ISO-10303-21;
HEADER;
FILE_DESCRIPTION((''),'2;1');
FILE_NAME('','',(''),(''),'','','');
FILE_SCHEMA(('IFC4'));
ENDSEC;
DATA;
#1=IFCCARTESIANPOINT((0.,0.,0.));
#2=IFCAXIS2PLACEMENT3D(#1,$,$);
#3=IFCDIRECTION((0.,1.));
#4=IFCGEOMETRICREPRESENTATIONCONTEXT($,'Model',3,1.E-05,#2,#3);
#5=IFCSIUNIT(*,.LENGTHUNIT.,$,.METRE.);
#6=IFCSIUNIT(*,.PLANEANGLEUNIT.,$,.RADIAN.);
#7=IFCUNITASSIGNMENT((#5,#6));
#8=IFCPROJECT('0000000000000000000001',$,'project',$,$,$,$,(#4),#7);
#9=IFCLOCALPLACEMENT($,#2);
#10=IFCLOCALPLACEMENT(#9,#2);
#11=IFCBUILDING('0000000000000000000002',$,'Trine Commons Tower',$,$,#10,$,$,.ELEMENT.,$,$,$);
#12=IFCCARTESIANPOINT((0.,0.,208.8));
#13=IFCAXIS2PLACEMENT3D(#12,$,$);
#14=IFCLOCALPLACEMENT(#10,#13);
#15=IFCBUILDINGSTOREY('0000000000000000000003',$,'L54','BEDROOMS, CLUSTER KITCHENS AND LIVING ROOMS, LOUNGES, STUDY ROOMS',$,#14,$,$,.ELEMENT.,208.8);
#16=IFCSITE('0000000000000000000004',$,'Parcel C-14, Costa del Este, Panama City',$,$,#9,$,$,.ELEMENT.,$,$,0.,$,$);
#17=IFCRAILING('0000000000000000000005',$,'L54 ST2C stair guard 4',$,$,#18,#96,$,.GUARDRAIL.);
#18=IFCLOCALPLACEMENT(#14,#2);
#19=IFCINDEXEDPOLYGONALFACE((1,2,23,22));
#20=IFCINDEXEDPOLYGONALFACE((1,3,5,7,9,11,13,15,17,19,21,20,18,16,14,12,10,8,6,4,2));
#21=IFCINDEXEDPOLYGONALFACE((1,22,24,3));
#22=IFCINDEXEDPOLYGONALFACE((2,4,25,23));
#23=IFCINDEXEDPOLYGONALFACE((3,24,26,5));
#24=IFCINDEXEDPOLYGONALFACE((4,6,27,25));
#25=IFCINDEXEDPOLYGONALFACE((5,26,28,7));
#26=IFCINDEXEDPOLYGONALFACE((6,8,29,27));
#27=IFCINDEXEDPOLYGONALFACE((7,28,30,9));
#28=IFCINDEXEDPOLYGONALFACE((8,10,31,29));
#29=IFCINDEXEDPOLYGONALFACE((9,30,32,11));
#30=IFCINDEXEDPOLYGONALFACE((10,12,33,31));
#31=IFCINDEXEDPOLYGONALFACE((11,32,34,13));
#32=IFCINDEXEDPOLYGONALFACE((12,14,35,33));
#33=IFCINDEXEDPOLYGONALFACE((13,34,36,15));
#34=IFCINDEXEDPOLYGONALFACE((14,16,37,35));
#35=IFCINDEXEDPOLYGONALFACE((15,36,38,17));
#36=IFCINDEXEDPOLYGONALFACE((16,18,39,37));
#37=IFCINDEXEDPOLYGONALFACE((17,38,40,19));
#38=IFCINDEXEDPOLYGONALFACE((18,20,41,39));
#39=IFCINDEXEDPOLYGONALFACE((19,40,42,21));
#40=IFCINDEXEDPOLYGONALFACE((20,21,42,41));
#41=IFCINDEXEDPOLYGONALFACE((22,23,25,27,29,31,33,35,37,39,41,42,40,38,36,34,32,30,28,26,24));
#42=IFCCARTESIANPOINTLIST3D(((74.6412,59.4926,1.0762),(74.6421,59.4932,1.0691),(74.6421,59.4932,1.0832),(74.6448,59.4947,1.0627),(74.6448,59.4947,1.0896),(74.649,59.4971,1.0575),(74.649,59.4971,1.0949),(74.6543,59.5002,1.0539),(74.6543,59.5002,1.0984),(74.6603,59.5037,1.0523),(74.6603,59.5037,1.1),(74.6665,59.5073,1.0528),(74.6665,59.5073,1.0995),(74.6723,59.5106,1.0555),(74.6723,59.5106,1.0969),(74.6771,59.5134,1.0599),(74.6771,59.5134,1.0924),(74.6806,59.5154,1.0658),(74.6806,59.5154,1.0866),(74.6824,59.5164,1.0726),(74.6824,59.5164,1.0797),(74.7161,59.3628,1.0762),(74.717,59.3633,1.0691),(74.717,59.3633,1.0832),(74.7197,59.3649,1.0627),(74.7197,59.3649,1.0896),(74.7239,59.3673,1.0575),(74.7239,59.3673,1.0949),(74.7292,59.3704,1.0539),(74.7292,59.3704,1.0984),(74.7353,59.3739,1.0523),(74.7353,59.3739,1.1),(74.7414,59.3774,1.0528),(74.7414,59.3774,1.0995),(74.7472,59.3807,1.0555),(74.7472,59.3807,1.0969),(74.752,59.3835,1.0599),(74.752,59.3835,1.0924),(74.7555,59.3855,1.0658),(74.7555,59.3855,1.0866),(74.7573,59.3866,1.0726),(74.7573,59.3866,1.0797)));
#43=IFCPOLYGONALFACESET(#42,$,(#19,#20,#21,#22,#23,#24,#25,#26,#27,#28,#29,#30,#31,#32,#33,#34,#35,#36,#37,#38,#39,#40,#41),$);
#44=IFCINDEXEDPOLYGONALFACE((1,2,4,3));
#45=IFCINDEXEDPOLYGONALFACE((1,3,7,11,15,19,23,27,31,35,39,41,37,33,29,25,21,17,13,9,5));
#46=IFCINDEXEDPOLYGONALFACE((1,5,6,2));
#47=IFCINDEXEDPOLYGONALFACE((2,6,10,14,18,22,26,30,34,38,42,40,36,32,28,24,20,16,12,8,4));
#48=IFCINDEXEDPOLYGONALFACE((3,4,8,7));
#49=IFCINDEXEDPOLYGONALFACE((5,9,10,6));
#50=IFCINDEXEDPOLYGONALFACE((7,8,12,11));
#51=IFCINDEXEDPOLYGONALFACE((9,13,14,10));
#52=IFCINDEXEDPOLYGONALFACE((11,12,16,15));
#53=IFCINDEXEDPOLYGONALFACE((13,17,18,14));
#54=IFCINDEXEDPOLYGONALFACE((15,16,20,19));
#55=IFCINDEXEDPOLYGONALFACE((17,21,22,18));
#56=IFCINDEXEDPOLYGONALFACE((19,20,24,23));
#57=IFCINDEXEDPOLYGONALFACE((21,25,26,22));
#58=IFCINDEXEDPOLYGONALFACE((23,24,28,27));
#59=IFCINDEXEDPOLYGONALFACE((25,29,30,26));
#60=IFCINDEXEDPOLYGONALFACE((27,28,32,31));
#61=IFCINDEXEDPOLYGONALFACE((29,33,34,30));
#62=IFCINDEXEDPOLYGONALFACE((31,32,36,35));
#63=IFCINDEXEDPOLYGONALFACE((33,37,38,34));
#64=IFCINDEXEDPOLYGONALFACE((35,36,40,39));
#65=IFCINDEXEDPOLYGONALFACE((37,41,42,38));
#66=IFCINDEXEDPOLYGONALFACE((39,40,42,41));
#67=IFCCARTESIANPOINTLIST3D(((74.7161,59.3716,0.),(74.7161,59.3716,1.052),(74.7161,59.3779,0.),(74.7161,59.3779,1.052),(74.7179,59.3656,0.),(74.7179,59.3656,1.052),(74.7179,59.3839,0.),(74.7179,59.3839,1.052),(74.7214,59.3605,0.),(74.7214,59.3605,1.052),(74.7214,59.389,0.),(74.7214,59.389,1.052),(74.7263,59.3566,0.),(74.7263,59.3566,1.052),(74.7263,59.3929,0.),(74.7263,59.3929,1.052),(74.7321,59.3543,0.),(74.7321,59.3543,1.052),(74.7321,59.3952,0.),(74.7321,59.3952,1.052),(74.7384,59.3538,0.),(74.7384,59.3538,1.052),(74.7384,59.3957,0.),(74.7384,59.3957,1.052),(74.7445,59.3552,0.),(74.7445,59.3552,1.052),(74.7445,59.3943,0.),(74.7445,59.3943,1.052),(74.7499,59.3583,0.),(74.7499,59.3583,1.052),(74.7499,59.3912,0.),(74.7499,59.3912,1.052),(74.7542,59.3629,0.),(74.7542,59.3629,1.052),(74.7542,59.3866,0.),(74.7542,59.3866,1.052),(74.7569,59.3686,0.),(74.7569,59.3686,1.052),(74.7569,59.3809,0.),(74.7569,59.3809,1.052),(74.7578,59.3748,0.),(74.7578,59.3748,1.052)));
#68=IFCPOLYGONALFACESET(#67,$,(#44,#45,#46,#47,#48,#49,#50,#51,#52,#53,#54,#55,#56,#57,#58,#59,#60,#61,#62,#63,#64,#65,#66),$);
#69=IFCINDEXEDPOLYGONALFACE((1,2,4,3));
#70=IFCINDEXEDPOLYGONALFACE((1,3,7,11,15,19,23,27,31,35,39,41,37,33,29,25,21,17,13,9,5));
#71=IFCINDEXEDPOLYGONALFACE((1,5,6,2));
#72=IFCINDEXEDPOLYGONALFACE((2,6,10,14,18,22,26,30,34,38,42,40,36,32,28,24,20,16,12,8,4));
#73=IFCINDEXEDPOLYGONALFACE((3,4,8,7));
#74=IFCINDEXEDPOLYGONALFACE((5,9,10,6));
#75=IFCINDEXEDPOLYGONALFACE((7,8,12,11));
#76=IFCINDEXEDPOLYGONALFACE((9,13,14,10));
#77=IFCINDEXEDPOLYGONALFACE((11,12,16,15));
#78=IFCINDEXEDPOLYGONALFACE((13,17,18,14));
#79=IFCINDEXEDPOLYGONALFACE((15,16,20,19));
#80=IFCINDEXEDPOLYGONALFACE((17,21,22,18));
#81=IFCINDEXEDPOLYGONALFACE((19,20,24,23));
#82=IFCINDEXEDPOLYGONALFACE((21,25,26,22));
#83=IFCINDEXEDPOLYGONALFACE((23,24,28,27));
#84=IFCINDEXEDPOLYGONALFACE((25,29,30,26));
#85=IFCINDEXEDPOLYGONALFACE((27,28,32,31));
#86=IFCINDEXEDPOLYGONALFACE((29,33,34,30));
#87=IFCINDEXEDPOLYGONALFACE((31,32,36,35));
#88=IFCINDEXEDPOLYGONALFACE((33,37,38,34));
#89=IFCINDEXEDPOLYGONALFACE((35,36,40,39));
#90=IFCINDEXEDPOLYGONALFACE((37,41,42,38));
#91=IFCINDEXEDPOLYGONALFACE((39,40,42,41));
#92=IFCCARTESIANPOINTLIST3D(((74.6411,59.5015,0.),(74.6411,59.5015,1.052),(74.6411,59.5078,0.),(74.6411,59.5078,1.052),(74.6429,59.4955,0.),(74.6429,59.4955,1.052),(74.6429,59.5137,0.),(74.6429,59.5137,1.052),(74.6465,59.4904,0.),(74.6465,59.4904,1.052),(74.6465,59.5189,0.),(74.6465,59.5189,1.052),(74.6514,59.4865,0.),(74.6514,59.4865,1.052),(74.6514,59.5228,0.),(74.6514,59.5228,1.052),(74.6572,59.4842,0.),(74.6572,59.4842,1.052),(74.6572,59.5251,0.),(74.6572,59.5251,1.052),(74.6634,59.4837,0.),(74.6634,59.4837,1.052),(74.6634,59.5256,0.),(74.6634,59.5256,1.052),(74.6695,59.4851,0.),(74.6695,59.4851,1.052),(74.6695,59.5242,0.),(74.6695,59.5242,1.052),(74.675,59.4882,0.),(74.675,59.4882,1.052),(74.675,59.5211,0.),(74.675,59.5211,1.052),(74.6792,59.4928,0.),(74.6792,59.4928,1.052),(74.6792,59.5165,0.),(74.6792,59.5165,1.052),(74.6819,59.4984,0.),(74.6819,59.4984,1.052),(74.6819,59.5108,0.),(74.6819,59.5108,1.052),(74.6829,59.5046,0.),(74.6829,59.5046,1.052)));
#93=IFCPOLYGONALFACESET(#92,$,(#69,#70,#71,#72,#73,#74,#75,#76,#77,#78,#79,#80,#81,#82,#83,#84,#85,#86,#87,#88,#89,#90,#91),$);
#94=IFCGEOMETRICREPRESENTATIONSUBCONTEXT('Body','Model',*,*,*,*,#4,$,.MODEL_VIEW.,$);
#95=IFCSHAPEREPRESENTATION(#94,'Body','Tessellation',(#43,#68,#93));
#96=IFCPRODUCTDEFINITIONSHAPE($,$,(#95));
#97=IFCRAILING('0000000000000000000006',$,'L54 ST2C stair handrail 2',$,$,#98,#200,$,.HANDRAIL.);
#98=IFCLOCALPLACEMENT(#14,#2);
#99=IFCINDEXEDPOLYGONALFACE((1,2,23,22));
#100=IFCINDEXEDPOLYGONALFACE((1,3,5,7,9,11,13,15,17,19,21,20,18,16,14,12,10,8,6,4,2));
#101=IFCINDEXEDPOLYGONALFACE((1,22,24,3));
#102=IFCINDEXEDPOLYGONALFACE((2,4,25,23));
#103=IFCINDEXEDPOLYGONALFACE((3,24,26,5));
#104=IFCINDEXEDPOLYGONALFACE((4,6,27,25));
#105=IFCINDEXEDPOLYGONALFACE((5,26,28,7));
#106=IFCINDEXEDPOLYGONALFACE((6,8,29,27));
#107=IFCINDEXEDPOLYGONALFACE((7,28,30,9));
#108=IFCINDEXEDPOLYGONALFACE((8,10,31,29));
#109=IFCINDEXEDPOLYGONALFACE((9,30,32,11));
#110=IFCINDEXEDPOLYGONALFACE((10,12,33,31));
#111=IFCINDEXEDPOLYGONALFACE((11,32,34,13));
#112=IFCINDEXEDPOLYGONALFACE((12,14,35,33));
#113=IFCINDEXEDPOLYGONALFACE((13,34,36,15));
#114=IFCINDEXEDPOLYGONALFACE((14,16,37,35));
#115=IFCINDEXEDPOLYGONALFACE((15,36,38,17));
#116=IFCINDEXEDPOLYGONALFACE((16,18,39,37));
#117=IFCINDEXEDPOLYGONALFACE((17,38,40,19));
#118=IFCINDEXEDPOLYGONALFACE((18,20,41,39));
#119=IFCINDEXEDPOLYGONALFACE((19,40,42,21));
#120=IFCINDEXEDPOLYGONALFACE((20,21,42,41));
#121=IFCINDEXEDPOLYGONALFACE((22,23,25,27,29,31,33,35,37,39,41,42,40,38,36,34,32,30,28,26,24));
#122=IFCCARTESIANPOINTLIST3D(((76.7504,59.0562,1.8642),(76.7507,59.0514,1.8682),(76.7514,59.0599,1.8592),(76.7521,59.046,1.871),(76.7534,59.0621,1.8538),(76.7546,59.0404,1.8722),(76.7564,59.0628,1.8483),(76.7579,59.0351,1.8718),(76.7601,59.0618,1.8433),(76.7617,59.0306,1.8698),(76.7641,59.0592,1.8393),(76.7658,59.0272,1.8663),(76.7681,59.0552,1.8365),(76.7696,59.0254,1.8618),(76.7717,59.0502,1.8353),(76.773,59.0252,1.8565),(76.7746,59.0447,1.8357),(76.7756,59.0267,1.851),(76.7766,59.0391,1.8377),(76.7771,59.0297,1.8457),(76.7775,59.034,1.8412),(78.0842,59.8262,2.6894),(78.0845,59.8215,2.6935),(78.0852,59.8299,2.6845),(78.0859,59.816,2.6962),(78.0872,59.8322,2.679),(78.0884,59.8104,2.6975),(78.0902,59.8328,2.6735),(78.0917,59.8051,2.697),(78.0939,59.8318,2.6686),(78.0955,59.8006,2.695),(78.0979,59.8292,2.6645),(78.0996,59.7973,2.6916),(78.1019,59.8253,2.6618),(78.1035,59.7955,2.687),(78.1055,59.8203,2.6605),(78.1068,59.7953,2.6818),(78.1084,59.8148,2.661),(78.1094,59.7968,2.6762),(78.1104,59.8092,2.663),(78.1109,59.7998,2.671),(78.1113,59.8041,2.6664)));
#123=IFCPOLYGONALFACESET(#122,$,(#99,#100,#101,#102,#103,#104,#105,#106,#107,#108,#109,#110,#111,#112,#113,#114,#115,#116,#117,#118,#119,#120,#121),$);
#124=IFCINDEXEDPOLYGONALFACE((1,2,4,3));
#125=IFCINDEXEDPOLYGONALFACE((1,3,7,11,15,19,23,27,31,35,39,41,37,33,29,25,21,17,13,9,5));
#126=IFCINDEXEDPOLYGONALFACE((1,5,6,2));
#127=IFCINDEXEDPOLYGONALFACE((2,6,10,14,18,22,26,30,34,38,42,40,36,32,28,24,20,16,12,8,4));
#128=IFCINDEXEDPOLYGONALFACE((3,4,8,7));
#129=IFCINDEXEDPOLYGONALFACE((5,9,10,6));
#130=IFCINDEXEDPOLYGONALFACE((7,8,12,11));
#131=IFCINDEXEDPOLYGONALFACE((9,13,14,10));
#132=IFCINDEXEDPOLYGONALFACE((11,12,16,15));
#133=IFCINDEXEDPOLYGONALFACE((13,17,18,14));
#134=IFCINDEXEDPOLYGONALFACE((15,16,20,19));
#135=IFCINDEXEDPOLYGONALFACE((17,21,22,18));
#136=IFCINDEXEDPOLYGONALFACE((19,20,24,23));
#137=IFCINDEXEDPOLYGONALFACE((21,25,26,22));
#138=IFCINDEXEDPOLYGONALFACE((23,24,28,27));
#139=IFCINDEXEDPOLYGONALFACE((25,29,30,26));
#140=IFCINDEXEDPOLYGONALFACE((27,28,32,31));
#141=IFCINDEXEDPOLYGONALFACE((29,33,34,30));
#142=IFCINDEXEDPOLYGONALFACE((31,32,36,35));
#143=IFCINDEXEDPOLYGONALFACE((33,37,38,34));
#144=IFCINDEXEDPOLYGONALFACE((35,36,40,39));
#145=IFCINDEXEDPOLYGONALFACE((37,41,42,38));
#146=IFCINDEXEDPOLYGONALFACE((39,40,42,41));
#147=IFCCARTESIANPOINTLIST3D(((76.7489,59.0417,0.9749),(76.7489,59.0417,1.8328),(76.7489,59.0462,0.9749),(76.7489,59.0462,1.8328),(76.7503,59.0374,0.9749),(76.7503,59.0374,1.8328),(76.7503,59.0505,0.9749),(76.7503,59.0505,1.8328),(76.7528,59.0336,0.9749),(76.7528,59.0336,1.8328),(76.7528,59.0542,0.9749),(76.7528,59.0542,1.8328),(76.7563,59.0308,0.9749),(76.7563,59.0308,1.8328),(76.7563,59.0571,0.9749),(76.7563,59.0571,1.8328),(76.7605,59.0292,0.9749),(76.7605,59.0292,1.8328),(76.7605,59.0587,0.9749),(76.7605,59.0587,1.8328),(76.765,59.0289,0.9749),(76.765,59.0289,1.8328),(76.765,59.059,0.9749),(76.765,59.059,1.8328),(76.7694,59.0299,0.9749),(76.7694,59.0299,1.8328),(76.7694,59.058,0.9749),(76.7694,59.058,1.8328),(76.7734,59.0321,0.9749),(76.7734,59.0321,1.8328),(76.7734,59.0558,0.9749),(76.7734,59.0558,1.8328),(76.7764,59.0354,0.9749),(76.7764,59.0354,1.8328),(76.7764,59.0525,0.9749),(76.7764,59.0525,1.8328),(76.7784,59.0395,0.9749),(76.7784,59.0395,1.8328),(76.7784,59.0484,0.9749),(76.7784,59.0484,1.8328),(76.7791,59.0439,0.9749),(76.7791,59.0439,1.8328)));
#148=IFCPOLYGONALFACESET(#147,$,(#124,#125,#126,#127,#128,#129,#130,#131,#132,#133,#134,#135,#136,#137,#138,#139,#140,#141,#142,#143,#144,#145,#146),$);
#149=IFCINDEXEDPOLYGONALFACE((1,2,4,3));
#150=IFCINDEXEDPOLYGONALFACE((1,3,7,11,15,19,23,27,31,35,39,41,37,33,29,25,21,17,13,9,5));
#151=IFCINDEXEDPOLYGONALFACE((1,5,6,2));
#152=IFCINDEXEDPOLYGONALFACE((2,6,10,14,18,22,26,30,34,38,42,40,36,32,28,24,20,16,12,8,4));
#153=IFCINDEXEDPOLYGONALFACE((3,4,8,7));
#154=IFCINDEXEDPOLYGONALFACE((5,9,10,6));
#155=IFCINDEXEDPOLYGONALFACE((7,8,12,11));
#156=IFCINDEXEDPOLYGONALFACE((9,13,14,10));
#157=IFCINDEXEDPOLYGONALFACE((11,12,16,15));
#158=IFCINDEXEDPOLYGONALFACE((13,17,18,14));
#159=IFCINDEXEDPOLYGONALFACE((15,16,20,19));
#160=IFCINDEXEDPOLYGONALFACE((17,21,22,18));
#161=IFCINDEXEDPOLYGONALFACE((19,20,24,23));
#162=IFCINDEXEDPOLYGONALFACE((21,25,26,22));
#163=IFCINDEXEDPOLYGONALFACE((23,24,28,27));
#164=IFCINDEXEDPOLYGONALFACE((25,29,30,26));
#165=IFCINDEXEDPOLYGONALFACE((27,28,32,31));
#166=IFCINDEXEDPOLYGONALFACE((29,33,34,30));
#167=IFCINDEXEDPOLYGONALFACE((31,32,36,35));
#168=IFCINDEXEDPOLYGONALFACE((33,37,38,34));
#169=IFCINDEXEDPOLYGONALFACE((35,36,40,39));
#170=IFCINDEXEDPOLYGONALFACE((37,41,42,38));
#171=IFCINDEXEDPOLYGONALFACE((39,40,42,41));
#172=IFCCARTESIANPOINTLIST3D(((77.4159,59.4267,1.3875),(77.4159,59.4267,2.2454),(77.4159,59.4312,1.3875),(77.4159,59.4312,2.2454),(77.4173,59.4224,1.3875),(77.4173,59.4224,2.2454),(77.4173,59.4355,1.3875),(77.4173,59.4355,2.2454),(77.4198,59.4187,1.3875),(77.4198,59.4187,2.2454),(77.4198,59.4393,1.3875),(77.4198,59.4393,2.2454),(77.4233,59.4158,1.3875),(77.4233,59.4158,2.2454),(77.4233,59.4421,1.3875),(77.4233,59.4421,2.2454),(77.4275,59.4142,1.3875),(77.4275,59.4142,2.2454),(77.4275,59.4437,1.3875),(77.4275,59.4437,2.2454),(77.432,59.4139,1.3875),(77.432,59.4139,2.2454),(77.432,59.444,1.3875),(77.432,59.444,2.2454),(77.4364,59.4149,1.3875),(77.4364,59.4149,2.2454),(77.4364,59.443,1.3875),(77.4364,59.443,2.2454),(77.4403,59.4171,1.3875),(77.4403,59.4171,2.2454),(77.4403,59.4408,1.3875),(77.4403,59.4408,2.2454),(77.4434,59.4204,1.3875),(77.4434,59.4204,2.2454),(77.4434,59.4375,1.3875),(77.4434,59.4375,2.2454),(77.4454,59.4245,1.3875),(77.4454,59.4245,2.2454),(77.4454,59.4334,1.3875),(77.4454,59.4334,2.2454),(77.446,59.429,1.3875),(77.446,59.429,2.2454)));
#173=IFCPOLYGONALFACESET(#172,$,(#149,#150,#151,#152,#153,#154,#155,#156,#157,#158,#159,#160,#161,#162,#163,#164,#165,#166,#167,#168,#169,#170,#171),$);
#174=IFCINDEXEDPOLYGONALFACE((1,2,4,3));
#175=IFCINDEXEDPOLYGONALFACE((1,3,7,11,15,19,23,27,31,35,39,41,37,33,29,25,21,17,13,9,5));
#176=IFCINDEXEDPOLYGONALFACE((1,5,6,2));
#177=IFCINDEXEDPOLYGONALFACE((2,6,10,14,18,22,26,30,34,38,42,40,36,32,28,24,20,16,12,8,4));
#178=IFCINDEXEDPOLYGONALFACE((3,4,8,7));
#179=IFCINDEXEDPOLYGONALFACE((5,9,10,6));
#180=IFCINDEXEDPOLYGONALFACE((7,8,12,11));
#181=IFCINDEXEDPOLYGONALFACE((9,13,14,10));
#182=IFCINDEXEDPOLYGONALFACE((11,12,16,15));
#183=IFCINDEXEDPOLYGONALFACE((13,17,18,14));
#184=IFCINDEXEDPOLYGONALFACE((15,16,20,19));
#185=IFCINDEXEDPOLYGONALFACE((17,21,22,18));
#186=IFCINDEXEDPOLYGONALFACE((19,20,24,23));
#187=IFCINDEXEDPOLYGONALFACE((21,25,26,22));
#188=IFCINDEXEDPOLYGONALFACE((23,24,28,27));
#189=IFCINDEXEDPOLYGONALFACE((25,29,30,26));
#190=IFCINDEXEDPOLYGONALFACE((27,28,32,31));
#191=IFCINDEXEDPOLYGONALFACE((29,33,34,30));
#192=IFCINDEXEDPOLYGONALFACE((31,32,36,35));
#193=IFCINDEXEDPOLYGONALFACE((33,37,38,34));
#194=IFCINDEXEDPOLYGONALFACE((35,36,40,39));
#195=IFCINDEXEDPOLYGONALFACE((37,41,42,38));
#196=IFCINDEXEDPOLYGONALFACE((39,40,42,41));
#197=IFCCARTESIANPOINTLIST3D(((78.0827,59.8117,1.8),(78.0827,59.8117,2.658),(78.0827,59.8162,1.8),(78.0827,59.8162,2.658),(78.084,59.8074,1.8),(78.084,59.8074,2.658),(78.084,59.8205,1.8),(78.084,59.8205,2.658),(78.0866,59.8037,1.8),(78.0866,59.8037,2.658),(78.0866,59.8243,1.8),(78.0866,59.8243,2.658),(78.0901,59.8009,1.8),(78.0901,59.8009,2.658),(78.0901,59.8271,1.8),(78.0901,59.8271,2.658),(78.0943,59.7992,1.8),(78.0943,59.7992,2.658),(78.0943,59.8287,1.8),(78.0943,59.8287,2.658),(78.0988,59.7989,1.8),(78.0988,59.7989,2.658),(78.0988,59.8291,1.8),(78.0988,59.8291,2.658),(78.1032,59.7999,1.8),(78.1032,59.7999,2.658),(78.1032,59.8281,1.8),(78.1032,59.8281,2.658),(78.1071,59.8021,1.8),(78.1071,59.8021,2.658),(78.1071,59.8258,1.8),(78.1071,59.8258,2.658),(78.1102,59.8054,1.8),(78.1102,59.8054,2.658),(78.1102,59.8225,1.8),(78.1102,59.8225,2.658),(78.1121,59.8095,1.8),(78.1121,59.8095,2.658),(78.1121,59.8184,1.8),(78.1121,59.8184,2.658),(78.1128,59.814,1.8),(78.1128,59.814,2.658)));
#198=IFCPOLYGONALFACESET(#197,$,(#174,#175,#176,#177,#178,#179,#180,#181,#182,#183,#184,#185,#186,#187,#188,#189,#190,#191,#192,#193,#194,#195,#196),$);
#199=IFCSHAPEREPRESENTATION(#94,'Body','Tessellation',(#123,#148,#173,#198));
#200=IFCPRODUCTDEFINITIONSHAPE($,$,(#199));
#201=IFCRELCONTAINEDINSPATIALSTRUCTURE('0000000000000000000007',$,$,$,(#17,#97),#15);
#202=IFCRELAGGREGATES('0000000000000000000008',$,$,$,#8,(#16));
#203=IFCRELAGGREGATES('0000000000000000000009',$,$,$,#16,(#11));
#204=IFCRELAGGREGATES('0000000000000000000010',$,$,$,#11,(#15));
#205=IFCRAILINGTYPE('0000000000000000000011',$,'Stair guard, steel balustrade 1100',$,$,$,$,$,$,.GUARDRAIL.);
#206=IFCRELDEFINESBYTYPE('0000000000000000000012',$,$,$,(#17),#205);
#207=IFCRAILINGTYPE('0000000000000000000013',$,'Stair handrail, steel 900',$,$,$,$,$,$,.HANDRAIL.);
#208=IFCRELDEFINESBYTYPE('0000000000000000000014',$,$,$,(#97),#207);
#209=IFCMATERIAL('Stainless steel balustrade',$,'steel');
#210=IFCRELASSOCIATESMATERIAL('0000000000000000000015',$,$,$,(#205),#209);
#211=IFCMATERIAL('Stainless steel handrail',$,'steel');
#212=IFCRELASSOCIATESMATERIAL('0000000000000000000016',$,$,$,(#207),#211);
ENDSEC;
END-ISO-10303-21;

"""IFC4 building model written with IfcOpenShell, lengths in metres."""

from ifc_helpers import new_model, si_unit, direction, frame, origin, origin_2d, place, context, subcontext, project, spatial, circle, extrude, material, type_object, element, save


model = new_model("IFC4")

# Units and contexts
model_context = context("Model", 3, precision=1e-05, world=origin(), true_north=direction((0.0, 1.0)))
body_context = subcontext(model_context, "Body", "Model", "MODEL_VIEW")
ifc_project = project(units=[si_unit("LENGTHUNIT", "METRE"), si_unit("PLANEANGLEUNIT", "RADIAN")], contexts=[model_context])

# Site, building, storey
site_placement = place(None, origin())
site = spatial("IfcSite", under=ifc_project, at=site_placement, Name="Parcel C-14, Costa del Este, Panama City", CompositionType="ELEMENT", RefElevation=0.0)
building_placement = place(site_placement, origin())
building = spatial("IfcBuilding", under=site, at=building_placement, Name="Trine Commons Tower", CompositionType="ELEMENT")
storey_placement = place(building_placement, frame((0.0, 0.0, 208.8)))
storey = spatial("IfcBuildingStorey", under=building, at=storey_placement, Name="L54", Description="BEDROOMS, CLUSTER KITCHENS AND LIVING ROOMS, LOUNGES, STUDY ROOMS", CompositionType="ELEMENT", Elevation=208.8)

# Railings
ifc_material_1 = material(Name="Stainless steel balustrade", Category="steel")
railing_type_1 = type_object("IfcRailingType", Name="Stair guard, steel balustrade 1100", PredefinedType="GUARDRAIL", material=ifc_material_1)
railing_1_placement = place(storey_placement, frame((74.7368, 59.3748, 0.0)))
element("IfcRailing", 1, at=railing_1_placement, inside=storey, type_object=railing_type_1, Name="L54 ST2C stair guard 4", PredefinedType="GUARDRAIL", context=body_context, shape_type="SweptSolid", body=[
    extrude(circle(Radius=0.0239, at=origin_2d()), frame((0.0, 0.0, 1.0762), z_axis=(-0.499816, 0.866131, 0.0), x_axis=(-0.866131, -0.499816, 0.0)), (0.0, 0.0, 1.0), 0.1499),
    extrude(circle(Radius=0.021, at=origin_2d()), origin(), (0.0, 0.0, 1.0), 1.052),
    extrude(circle(Radius=0.021, at=origin_2d()), frame((-0.075, 0.1299, 0.0)), (0.0, 0.0, 1.0), 1.052),
])
ifc_material_2 = material(Name="Stainless steel handrail", Category="steel")
railing_type_2 = type_object("IfcRailingType", Name="Stair handrail, steel 900", PredefinedType="HANDRAIL", material=ifc_material_2)
railing_2_placement = place(storey_placement, frame((76.7639, 59.0439, 0.9749)))
element("IfcRailing", 2, at=railing_2_placement, inside=storey, type_object=railing_type_2, Name="L54 ST2C stair handrail 2", PredefinedType="HANDRAIL", context=body_context, shape_type="SweptSolid", body=[
    extrude(circle(Radius=0.021, at=origin_2d()), frame((0.0, 0.0, 0.8789), z_axis=(0.763355, 0.440714, 0.472293), x_axis=(-0.499992, 0.86603, 0.0)), (0.0, 0.0, 1.0), 1.7473),
    extrude(circle(Radius=0.0151, at=origin_2d()), origin(), (0.0, 0.0, 1.0), 0.8579),
    extrude(circle(Radius=0.0151, at=origin_2d()), frame((0.667, 0.385, 0.4126)), (0.0, 0.0, 1.0), 0.8579),
    extrude(circle(Radius=0.0151, at=origin_2d()), frame((1.3337, 0.77, 0.8252)), (0.0, 0.0, 1.0), 0.8579),
])

save(model, "model.ifc")
